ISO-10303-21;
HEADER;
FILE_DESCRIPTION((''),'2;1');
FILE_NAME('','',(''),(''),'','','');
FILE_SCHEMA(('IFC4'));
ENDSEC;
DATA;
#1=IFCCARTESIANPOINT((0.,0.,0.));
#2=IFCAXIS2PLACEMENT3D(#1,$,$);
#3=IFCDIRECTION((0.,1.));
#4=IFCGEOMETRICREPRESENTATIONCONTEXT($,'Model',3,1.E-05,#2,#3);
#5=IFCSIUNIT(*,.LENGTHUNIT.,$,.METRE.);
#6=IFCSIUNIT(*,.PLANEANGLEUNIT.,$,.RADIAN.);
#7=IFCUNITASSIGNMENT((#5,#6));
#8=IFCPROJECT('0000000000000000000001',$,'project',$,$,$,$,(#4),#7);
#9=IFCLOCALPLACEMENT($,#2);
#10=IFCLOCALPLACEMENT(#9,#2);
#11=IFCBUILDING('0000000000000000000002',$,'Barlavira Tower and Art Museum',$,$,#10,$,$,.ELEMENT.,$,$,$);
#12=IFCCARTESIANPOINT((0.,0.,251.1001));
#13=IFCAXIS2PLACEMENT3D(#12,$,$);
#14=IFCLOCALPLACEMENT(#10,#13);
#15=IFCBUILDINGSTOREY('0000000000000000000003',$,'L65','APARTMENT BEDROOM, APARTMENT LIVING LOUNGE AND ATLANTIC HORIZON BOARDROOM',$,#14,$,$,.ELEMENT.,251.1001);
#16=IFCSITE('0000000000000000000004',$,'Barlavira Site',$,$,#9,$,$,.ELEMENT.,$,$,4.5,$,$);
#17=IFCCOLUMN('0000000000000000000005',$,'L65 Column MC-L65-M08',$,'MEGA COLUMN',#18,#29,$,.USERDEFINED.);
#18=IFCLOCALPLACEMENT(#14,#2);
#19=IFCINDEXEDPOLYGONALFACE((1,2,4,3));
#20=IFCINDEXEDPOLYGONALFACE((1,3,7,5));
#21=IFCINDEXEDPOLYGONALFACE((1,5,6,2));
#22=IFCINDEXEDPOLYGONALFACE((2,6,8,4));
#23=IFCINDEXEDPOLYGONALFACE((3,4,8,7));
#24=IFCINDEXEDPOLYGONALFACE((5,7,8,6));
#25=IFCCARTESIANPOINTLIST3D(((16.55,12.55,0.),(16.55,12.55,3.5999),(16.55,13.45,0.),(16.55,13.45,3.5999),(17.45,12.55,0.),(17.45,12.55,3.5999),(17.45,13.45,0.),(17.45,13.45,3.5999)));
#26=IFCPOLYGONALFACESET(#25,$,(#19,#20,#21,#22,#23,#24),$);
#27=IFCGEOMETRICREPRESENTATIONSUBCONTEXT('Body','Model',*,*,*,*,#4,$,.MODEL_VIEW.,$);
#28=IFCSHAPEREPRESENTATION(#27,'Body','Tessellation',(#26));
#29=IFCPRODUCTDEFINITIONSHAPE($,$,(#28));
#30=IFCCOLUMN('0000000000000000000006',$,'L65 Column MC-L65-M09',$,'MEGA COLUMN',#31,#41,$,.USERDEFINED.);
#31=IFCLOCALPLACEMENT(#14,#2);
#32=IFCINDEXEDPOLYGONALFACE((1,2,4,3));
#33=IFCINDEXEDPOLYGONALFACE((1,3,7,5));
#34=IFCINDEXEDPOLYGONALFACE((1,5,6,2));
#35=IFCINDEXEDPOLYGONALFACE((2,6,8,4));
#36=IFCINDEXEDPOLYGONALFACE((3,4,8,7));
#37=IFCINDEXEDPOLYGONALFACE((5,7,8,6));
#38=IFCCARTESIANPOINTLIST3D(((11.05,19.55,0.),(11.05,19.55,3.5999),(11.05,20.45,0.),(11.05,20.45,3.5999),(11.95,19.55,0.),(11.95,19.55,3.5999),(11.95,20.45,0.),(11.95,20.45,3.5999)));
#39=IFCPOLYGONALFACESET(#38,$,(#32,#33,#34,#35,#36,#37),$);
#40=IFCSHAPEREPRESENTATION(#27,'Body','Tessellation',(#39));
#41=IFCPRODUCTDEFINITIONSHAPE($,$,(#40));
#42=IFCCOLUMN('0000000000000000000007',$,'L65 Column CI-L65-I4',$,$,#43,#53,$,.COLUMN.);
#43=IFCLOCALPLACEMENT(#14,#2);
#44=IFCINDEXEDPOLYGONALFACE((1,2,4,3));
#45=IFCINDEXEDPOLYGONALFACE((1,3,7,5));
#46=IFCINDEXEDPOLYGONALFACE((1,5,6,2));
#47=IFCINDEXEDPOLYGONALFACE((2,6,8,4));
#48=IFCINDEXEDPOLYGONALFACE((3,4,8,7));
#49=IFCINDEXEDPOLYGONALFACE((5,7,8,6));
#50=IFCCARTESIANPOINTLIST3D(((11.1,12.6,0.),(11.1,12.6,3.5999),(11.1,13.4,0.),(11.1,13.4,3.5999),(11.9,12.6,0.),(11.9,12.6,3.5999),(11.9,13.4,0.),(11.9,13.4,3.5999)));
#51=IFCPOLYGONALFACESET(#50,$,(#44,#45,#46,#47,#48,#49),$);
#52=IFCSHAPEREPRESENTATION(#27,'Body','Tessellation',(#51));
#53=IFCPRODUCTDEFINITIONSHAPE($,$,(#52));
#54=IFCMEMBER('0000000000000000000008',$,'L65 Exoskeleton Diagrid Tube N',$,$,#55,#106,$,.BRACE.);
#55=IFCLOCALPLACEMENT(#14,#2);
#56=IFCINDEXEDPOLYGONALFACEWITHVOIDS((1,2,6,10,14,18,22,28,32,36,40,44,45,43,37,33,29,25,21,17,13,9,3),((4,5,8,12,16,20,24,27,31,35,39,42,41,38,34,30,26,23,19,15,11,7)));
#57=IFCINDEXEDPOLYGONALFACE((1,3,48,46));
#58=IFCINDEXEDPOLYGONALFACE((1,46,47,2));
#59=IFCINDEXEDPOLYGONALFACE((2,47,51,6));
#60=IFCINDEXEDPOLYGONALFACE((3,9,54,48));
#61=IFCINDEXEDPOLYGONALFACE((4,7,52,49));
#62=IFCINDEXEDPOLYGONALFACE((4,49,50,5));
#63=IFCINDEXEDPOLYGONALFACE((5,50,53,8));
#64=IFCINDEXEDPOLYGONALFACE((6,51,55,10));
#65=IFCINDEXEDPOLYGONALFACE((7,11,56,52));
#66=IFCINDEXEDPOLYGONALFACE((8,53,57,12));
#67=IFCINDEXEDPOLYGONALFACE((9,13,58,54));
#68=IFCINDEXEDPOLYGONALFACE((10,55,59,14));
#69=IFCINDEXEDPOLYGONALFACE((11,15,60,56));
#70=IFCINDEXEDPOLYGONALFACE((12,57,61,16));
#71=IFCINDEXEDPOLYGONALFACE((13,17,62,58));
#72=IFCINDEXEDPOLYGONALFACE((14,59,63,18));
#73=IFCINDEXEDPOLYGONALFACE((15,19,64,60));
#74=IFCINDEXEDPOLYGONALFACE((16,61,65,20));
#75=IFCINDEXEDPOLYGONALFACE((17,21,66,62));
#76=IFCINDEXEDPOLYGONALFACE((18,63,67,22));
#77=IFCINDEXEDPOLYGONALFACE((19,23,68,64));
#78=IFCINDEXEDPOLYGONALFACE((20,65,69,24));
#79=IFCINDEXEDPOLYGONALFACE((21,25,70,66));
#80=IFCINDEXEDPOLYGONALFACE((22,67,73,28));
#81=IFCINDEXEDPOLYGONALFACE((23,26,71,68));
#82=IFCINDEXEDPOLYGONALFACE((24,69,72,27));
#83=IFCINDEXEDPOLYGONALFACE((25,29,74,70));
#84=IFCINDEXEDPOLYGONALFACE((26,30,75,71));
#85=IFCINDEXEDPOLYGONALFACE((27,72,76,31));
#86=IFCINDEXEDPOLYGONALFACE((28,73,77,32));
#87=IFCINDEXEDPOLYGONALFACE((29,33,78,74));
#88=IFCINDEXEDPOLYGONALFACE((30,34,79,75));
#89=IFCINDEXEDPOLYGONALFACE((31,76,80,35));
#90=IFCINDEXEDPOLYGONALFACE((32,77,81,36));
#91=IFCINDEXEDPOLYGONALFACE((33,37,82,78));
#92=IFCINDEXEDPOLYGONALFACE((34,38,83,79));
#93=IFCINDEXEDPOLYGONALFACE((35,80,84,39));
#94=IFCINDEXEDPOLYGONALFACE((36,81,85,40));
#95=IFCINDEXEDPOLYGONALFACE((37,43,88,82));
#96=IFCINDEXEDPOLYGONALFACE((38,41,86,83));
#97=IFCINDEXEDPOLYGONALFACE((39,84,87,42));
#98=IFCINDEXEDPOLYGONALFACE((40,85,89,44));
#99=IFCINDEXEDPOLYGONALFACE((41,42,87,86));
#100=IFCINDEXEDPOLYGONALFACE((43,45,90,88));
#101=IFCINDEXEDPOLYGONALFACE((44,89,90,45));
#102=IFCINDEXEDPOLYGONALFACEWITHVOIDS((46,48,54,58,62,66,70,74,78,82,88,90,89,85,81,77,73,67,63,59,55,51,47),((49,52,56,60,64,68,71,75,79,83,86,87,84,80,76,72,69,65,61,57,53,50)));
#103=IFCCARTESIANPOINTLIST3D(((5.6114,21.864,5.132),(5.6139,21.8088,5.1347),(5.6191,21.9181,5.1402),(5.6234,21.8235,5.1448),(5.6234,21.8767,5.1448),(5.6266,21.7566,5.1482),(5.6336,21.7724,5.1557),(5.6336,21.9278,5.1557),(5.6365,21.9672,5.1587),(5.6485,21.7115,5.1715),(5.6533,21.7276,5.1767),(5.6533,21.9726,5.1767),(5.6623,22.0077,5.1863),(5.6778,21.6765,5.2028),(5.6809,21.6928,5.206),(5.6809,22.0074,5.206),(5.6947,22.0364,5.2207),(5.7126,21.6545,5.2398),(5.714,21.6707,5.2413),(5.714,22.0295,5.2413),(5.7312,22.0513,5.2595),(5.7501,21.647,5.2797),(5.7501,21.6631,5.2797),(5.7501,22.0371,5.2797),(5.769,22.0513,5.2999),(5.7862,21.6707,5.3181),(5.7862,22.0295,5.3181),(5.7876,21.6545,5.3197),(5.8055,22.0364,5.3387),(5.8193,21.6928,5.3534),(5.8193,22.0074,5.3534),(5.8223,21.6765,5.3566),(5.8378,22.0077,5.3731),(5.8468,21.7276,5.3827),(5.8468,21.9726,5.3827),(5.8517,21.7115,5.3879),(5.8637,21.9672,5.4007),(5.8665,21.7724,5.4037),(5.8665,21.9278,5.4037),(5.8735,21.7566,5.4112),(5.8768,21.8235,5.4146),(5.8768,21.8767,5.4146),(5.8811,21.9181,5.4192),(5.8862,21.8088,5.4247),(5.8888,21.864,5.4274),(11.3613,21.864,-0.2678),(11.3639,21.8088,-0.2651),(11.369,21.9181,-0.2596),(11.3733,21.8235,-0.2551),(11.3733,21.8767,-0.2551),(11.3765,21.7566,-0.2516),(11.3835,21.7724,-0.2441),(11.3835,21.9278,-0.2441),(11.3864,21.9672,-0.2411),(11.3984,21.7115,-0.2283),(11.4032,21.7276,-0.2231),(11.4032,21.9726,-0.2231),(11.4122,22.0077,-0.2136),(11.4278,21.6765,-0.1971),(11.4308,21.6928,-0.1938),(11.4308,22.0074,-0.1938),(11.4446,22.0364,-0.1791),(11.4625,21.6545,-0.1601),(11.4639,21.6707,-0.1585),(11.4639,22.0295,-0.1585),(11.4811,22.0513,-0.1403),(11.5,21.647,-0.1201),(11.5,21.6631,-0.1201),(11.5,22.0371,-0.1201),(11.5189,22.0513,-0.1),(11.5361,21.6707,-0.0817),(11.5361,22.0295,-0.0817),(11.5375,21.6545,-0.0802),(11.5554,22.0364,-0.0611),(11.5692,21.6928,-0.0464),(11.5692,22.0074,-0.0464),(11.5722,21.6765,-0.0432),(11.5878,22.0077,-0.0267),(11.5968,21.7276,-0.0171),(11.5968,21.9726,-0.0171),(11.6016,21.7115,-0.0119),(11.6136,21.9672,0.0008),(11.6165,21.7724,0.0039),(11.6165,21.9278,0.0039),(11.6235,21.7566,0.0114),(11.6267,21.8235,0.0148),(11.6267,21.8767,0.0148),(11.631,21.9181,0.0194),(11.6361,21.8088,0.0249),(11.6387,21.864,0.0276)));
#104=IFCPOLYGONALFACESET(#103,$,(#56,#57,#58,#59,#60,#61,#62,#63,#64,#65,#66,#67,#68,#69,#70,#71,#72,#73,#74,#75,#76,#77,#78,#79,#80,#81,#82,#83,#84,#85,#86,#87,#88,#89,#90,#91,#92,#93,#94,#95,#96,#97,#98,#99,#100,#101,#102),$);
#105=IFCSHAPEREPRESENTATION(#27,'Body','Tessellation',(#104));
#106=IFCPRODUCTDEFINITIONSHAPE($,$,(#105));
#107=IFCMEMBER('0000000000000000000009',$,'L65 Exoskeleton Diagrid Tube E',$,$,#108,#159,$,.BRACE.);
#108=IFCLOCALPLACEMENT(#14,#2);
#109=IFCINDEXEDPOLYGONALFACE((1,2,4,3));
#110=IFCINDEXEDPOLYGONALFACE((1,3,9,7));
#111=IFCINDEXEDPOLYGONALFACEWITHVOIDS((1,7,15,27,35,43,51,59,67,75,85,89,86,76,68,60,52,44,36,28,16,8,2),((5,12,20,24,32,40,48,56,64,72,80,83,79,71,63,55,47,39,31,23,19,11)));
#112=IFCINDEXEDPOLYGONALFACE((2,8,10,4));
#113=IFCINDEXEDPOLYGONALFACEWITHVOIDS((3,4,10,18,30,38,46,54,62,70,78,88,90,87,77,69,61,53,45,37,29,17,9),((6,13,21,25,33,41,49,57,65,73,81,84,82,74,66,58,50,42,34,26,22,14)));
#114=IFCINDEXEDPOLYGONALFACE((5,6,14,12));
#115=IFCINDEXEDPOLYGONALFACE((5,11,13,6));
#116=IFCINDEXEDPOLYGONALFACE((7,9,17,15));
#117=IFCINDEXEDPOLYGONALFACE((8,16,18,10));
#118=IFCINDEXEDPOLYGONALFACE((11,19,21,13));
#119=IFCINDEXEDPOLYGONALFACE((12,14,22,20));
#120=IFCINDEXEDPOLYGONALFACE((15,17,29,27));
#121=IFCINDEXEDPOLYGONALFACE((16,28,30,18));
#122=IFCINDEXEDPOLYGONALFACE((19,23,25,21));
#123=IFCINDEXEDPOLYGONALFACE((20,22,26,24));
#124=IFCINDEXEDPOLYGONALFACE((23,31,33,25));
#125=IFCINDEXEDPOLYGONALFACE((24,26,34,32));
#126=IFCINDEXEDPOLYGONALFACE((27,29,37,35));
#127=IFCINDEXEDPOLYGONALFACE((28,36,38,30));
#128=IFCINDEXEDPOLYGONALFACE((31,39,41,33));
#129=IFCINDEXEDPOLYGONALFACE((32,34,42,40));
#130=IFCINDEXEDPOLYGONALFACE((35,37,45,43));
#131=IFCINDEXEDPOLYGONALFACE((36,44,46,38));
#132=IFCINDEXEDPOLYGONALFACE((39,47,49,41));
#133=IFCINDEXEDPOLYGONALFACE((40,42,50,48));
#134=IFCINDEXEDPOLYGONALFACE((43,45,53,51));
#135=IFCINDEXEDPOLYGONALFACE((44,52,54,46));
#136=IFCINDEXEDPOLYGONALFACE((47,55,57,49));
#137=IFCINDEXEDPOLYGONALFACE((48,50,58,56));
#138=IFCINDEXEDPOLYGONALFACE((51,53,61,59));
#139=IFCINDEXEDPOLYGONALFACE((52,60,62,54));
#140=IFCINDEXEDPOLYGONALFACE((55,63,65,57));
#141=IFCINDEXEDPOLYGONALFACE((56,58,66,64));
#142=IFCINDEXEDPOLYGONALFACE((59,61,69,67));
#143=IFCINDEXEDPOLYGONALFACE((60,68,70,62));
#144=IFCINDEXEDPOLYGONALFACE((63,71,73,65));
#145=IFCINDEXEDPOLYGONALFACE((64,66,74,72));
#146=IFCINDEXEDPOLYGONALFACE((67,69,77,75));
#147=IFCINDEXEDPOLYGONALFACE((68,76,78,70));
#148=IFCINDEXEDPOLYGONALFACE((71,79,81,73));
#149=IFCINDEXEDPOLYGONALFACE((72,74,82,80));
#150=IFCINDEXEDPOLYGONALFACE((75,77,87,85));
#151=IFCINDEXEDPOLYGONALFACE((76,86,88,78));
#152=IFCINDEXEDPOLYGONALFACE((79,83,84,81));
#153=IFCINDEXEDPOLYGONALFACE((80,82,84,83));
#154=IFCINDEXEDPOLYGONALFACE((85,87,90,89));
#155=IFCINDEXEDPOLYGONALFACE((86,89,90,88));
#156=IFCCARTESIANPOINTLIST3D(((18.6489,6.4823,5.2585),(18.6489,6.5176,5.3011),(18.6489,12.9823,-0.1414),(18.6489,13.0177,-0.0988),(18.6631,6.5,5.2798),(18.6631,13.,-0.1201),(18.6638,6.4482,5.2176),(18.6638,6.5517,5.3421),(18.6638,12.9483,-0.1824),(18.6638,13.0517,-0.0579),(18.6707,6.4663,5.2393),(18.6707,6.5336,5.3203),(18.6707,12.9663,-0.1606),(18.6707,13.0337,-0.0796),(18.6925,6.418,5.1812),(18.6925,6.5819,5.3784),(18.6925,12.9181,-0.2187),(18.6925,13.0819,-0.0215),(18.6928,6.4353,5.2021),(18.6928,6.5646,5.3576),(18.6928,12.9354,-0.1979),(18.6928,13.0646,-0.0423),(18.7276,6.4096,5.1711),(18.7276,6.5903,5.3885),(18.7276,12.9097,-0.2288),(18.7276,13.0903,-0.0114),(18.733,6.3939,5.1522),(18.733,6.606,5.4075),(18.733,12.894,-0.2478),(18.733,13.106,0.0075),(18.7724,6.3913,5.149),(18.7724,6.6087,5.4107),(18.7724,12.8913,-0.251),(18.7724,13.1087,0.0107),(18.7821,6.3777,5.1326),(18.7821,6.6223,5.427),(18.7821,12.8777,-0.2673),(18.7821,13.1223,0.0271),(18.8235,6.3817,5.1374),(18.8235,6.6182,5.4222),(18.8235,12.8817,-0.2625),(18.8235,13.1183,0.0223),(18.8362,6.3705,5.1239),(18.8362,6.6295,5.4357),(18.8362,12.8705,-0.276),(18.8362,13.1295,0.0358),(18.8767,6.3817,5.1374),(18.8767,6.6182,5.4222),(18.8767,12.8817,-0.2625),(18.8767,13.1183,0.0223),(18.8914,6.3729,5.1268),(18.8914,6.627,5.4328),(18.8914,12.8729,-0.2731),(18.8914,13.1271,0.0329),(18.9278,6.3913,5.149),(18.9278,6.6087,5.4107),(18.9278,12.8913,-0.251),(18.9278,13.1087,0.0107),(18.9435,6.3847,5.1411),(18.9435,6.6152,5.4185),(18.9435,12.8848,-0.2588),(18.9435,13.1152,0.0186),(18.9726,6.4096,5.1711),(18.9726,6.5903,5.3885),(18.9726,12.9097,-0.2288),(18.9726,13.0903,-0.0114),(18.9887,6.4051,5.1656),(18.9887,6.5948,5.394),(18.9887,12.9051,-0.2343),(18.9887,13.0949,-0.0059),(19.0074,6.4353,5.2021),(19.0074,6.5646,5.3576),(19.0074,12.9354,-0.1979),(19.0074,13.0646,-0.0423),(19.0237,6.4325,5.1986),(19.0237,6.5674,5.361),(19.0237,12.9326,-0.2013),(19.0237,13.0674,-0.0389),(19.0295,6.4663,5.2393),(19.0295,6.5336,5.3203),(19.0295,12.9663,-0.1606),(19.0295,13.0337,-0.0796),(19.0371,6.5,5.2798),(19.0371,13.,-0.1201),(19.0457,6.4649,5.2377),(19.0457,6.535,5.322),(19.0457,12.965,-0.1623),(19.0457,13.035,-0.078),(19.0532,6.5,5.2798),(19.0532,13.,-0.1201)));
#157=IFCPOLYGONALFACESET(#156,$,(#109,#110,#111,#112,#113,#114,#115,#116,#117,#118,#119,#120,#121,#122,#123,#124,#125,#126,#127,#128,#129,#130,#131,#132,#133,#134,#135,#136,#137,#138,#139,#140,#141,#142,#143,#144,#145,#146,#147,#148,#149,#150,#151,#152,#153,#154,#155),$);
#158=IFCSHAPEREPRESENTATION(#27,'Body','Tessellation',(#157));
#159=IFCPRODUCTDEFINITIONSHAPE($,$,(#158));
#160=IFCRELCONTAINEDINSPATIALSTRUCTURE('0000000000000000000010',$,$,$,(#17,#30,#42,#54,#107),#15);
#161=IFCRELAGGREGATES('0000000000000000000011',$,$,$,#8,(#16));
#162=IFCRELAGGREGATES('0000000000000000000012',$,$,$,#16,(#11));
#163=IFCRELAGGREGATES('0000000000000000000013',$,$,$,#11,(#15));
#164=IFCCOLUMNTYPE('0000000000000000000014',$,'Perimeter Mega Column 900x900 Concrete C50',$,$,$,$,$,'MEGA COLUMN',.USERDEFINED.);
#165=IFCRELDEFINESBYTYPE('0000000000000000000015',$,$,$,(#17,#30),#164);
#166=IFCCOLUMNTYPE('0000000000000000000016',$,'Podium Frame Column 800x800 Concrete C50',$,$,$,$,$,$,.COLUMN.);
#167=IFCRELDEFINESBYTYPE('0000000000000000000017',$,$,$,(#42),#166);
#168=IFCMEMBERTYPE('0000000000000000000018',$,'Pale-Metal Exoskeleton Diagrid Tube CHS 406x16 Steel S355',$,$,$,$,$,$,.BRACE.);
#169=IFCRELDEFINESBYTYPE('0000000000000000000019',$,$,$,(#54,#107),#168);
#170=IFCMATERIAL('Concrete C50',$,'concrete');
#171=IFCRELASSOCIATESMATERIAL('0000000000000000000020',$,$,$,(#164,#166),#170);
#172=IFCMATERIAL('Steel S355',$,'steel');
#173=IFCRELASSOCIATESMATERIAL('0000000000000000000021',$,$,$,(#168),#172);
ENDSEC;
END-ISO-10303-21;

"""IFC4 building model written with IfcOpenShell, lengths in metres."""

from ifc_helpers import new_model, si_unit, direction, frame, origin, origin_2d, place, context, subcontext, project, spatial, rectangle, hollow_circle, extrude, material, material_profile, profile_set, type_object, element, save


model = new_model("IFC4")

# Units and contexts
model_context = context("Model", 3, precision=1e-05, world=origin(), true_north=direction((0.0, 1.0)))
body_context = subcontext(model_context, "Body", "Model", "MODEL_VIEW")
ifc_project = project(units=[si_unit("LENGTHUNIT", "METRE"), si_unit("PLANEANGLEUNIT", "RADIAN")], contexts=[model_context])

# Site, building, storey
site_placement = place(None, origin())
site = spatial("IfcSite", under=ifc_project, at=site_placement, Name="Barlavira Site", CompositionType="ELEMENT", RefElevation=4.5)
building_placement = place(site_placement, origin())
building = spatial("IfcBuilding", under=site, at=building_placement, Name="Barlavira Tower and Art Museum", CompositionType="ELEMENT")
storey_placement = place(building_placement, frame((0.0, 0.0, 251.1001)))
storey = spatial("IfcBuildingStorey", under=building, at=storey_placement, Name="L65", Description="APARTMENT BEDROOM, APARTMENT LIVING LOUNGE AND ATLANTIC HORIZON BOARDROOM", CompositionType="ELEMENT", Elevation=251.1001)

# Columns
ifc_material_1 = material(Name="Concrete C50", Category="concrete")
ifc_material_profile_1 = material_profile(ifc_material_1, rectangle(XDim=0.8999, YDim=0.8999, at=origin_2d()), Name="RC-COL 900x900")
ifc_profile_set_1 = profile_set([ifc_material_profile_1], Name="Concrete C50")
column_type_1 = type_object("IfcColumnType", Name="Perimeter Mega Column 900x900 Concrete C50", ElementType="MEGA COLUMN", PredefinedType="USERDEFINED", material=ifc_profile_set_1)
for number, where, z_axis, x_axis, name in (
    (1, (17.0, 13.0, 0.0), (0.0, 0.0, 1.0), (1.0, 0.0, 0.0), "L65 Column MC-L65-M08"),
    (2, (11.5, 20.0, 0.0), (0.0, 0.0, 1.0), (1.0, 0.0, 0.0), "L65 Column MC-L65-M09"),
):
    element("IfcColumn", number, at=place(storey_placement, frame(where, z_axis=z_axis, x_axis=x_axis)), inside=storey, type_object=column_type_1, Name=name, ObjectType="MEGA COLUMN", PredefinedType="USERDEFINED", context=body_context, shape_type="SweptSolid", body=[
        extrude(rectangle(XDim=0.8999, YDim=0.8999, at=origin_2d()), origin(), (0.0, 0.0, 1.0), 3.5999),
    ])
ifc_material_profile_2 = material_profile(ifc_material_1, rectangle(XDim=0.8, YDim=0.8, at=origin_2d()), Name="RC-COL 800x800")
ifc_profile_set_2 = profile_set([ifc_material_profile_2], Name="Concrete C50")
column_type_2 = type_object("IfcColumnType", Name="Podium Frame Column 800x800 Concrete C50", PredefinedType="COLUMN", material=ifc_profile_set_2)
column_placement = place(storey_placement, frame((11.5, 13.0, 0.0), z_axis=(0.0, 0.0, 1.0), x_axis=(1.0, 0.0, 0.0)))
element("IfcColumn", 3, at=column_placement, inside=storey, type_object=column_type_2, Name="L65 Column CI-L65-I4", PredefinedType="COLUMN", context=body_context, shape_type="SweptSolid", body=[
    extrude(rectangle(XDim=0.8, YDim=0.8, at=origin_2d()), origin(), (0.0, 0.0, 1.0), 3.5999),
])

# Members
ifc_material_2 = material(Name="Steel S355", Category="steel")
ifc_material_profile_3 = material_profile(ifc_material_2, hollow_circle(Radius=0.2031, WallThickness=0.0161, at=origin_2d()), Name="CHS 406.4x16.0")
ifc_profile_set_3 = profile_set([ifc_material_profile_3], Name="Steel S355")
member_type_1 = type_object("IfcMemberType", Name="Pale-Metal Exoskeleton Diagrid Tube CHS 406x16 Steel S355", PredefinedType="BRACE", material=ifc_profile_set_3)
member_1_placement = place(storey_placement, frame((11.5, 21.8501, -0.1201), z_axis=(-0.72895, 0.0, 0.684567), x_axis=(0.0, -1.0, 0.0)))
element("IfcMember", 4, at=member_1_placement, inside=storey, type_object=member_type_1, Name="L65 Exoskeleton Diagrid Tube N", PredefinedType="BRACE", context=body_context, shape_type="SweptSolid", body=[
    extrude(hollow_circle(Radius=0.2031, WallThickness=0.0161, at=origin_2d()), origin(), (0.0, 0.0, 1.0), 7.8879),
])
member_2_placement = place(storey_placement, frame((18.8501, 13.0, -0.1201), z_axis=(0.0, -0.769196, 0.639013), x_axis=(1.0, 0.0, 0.0)))
element("IfcMember", 5, at=member_2_placement, inside=storey, type_object=member_type_1, Name="L65 Exoskeleton Diagrid Tube E", PredefinedType="BRACE", context=body_context, shape_type="SweptSolid", body=[
    extrude(hollow_circle(Radius=0.2031, WallThickness=0.0161, at=origin_2d()), origin(), (0.0, 0.0, 1.0), 8.4504),
])

save(model, "model.ifc")
